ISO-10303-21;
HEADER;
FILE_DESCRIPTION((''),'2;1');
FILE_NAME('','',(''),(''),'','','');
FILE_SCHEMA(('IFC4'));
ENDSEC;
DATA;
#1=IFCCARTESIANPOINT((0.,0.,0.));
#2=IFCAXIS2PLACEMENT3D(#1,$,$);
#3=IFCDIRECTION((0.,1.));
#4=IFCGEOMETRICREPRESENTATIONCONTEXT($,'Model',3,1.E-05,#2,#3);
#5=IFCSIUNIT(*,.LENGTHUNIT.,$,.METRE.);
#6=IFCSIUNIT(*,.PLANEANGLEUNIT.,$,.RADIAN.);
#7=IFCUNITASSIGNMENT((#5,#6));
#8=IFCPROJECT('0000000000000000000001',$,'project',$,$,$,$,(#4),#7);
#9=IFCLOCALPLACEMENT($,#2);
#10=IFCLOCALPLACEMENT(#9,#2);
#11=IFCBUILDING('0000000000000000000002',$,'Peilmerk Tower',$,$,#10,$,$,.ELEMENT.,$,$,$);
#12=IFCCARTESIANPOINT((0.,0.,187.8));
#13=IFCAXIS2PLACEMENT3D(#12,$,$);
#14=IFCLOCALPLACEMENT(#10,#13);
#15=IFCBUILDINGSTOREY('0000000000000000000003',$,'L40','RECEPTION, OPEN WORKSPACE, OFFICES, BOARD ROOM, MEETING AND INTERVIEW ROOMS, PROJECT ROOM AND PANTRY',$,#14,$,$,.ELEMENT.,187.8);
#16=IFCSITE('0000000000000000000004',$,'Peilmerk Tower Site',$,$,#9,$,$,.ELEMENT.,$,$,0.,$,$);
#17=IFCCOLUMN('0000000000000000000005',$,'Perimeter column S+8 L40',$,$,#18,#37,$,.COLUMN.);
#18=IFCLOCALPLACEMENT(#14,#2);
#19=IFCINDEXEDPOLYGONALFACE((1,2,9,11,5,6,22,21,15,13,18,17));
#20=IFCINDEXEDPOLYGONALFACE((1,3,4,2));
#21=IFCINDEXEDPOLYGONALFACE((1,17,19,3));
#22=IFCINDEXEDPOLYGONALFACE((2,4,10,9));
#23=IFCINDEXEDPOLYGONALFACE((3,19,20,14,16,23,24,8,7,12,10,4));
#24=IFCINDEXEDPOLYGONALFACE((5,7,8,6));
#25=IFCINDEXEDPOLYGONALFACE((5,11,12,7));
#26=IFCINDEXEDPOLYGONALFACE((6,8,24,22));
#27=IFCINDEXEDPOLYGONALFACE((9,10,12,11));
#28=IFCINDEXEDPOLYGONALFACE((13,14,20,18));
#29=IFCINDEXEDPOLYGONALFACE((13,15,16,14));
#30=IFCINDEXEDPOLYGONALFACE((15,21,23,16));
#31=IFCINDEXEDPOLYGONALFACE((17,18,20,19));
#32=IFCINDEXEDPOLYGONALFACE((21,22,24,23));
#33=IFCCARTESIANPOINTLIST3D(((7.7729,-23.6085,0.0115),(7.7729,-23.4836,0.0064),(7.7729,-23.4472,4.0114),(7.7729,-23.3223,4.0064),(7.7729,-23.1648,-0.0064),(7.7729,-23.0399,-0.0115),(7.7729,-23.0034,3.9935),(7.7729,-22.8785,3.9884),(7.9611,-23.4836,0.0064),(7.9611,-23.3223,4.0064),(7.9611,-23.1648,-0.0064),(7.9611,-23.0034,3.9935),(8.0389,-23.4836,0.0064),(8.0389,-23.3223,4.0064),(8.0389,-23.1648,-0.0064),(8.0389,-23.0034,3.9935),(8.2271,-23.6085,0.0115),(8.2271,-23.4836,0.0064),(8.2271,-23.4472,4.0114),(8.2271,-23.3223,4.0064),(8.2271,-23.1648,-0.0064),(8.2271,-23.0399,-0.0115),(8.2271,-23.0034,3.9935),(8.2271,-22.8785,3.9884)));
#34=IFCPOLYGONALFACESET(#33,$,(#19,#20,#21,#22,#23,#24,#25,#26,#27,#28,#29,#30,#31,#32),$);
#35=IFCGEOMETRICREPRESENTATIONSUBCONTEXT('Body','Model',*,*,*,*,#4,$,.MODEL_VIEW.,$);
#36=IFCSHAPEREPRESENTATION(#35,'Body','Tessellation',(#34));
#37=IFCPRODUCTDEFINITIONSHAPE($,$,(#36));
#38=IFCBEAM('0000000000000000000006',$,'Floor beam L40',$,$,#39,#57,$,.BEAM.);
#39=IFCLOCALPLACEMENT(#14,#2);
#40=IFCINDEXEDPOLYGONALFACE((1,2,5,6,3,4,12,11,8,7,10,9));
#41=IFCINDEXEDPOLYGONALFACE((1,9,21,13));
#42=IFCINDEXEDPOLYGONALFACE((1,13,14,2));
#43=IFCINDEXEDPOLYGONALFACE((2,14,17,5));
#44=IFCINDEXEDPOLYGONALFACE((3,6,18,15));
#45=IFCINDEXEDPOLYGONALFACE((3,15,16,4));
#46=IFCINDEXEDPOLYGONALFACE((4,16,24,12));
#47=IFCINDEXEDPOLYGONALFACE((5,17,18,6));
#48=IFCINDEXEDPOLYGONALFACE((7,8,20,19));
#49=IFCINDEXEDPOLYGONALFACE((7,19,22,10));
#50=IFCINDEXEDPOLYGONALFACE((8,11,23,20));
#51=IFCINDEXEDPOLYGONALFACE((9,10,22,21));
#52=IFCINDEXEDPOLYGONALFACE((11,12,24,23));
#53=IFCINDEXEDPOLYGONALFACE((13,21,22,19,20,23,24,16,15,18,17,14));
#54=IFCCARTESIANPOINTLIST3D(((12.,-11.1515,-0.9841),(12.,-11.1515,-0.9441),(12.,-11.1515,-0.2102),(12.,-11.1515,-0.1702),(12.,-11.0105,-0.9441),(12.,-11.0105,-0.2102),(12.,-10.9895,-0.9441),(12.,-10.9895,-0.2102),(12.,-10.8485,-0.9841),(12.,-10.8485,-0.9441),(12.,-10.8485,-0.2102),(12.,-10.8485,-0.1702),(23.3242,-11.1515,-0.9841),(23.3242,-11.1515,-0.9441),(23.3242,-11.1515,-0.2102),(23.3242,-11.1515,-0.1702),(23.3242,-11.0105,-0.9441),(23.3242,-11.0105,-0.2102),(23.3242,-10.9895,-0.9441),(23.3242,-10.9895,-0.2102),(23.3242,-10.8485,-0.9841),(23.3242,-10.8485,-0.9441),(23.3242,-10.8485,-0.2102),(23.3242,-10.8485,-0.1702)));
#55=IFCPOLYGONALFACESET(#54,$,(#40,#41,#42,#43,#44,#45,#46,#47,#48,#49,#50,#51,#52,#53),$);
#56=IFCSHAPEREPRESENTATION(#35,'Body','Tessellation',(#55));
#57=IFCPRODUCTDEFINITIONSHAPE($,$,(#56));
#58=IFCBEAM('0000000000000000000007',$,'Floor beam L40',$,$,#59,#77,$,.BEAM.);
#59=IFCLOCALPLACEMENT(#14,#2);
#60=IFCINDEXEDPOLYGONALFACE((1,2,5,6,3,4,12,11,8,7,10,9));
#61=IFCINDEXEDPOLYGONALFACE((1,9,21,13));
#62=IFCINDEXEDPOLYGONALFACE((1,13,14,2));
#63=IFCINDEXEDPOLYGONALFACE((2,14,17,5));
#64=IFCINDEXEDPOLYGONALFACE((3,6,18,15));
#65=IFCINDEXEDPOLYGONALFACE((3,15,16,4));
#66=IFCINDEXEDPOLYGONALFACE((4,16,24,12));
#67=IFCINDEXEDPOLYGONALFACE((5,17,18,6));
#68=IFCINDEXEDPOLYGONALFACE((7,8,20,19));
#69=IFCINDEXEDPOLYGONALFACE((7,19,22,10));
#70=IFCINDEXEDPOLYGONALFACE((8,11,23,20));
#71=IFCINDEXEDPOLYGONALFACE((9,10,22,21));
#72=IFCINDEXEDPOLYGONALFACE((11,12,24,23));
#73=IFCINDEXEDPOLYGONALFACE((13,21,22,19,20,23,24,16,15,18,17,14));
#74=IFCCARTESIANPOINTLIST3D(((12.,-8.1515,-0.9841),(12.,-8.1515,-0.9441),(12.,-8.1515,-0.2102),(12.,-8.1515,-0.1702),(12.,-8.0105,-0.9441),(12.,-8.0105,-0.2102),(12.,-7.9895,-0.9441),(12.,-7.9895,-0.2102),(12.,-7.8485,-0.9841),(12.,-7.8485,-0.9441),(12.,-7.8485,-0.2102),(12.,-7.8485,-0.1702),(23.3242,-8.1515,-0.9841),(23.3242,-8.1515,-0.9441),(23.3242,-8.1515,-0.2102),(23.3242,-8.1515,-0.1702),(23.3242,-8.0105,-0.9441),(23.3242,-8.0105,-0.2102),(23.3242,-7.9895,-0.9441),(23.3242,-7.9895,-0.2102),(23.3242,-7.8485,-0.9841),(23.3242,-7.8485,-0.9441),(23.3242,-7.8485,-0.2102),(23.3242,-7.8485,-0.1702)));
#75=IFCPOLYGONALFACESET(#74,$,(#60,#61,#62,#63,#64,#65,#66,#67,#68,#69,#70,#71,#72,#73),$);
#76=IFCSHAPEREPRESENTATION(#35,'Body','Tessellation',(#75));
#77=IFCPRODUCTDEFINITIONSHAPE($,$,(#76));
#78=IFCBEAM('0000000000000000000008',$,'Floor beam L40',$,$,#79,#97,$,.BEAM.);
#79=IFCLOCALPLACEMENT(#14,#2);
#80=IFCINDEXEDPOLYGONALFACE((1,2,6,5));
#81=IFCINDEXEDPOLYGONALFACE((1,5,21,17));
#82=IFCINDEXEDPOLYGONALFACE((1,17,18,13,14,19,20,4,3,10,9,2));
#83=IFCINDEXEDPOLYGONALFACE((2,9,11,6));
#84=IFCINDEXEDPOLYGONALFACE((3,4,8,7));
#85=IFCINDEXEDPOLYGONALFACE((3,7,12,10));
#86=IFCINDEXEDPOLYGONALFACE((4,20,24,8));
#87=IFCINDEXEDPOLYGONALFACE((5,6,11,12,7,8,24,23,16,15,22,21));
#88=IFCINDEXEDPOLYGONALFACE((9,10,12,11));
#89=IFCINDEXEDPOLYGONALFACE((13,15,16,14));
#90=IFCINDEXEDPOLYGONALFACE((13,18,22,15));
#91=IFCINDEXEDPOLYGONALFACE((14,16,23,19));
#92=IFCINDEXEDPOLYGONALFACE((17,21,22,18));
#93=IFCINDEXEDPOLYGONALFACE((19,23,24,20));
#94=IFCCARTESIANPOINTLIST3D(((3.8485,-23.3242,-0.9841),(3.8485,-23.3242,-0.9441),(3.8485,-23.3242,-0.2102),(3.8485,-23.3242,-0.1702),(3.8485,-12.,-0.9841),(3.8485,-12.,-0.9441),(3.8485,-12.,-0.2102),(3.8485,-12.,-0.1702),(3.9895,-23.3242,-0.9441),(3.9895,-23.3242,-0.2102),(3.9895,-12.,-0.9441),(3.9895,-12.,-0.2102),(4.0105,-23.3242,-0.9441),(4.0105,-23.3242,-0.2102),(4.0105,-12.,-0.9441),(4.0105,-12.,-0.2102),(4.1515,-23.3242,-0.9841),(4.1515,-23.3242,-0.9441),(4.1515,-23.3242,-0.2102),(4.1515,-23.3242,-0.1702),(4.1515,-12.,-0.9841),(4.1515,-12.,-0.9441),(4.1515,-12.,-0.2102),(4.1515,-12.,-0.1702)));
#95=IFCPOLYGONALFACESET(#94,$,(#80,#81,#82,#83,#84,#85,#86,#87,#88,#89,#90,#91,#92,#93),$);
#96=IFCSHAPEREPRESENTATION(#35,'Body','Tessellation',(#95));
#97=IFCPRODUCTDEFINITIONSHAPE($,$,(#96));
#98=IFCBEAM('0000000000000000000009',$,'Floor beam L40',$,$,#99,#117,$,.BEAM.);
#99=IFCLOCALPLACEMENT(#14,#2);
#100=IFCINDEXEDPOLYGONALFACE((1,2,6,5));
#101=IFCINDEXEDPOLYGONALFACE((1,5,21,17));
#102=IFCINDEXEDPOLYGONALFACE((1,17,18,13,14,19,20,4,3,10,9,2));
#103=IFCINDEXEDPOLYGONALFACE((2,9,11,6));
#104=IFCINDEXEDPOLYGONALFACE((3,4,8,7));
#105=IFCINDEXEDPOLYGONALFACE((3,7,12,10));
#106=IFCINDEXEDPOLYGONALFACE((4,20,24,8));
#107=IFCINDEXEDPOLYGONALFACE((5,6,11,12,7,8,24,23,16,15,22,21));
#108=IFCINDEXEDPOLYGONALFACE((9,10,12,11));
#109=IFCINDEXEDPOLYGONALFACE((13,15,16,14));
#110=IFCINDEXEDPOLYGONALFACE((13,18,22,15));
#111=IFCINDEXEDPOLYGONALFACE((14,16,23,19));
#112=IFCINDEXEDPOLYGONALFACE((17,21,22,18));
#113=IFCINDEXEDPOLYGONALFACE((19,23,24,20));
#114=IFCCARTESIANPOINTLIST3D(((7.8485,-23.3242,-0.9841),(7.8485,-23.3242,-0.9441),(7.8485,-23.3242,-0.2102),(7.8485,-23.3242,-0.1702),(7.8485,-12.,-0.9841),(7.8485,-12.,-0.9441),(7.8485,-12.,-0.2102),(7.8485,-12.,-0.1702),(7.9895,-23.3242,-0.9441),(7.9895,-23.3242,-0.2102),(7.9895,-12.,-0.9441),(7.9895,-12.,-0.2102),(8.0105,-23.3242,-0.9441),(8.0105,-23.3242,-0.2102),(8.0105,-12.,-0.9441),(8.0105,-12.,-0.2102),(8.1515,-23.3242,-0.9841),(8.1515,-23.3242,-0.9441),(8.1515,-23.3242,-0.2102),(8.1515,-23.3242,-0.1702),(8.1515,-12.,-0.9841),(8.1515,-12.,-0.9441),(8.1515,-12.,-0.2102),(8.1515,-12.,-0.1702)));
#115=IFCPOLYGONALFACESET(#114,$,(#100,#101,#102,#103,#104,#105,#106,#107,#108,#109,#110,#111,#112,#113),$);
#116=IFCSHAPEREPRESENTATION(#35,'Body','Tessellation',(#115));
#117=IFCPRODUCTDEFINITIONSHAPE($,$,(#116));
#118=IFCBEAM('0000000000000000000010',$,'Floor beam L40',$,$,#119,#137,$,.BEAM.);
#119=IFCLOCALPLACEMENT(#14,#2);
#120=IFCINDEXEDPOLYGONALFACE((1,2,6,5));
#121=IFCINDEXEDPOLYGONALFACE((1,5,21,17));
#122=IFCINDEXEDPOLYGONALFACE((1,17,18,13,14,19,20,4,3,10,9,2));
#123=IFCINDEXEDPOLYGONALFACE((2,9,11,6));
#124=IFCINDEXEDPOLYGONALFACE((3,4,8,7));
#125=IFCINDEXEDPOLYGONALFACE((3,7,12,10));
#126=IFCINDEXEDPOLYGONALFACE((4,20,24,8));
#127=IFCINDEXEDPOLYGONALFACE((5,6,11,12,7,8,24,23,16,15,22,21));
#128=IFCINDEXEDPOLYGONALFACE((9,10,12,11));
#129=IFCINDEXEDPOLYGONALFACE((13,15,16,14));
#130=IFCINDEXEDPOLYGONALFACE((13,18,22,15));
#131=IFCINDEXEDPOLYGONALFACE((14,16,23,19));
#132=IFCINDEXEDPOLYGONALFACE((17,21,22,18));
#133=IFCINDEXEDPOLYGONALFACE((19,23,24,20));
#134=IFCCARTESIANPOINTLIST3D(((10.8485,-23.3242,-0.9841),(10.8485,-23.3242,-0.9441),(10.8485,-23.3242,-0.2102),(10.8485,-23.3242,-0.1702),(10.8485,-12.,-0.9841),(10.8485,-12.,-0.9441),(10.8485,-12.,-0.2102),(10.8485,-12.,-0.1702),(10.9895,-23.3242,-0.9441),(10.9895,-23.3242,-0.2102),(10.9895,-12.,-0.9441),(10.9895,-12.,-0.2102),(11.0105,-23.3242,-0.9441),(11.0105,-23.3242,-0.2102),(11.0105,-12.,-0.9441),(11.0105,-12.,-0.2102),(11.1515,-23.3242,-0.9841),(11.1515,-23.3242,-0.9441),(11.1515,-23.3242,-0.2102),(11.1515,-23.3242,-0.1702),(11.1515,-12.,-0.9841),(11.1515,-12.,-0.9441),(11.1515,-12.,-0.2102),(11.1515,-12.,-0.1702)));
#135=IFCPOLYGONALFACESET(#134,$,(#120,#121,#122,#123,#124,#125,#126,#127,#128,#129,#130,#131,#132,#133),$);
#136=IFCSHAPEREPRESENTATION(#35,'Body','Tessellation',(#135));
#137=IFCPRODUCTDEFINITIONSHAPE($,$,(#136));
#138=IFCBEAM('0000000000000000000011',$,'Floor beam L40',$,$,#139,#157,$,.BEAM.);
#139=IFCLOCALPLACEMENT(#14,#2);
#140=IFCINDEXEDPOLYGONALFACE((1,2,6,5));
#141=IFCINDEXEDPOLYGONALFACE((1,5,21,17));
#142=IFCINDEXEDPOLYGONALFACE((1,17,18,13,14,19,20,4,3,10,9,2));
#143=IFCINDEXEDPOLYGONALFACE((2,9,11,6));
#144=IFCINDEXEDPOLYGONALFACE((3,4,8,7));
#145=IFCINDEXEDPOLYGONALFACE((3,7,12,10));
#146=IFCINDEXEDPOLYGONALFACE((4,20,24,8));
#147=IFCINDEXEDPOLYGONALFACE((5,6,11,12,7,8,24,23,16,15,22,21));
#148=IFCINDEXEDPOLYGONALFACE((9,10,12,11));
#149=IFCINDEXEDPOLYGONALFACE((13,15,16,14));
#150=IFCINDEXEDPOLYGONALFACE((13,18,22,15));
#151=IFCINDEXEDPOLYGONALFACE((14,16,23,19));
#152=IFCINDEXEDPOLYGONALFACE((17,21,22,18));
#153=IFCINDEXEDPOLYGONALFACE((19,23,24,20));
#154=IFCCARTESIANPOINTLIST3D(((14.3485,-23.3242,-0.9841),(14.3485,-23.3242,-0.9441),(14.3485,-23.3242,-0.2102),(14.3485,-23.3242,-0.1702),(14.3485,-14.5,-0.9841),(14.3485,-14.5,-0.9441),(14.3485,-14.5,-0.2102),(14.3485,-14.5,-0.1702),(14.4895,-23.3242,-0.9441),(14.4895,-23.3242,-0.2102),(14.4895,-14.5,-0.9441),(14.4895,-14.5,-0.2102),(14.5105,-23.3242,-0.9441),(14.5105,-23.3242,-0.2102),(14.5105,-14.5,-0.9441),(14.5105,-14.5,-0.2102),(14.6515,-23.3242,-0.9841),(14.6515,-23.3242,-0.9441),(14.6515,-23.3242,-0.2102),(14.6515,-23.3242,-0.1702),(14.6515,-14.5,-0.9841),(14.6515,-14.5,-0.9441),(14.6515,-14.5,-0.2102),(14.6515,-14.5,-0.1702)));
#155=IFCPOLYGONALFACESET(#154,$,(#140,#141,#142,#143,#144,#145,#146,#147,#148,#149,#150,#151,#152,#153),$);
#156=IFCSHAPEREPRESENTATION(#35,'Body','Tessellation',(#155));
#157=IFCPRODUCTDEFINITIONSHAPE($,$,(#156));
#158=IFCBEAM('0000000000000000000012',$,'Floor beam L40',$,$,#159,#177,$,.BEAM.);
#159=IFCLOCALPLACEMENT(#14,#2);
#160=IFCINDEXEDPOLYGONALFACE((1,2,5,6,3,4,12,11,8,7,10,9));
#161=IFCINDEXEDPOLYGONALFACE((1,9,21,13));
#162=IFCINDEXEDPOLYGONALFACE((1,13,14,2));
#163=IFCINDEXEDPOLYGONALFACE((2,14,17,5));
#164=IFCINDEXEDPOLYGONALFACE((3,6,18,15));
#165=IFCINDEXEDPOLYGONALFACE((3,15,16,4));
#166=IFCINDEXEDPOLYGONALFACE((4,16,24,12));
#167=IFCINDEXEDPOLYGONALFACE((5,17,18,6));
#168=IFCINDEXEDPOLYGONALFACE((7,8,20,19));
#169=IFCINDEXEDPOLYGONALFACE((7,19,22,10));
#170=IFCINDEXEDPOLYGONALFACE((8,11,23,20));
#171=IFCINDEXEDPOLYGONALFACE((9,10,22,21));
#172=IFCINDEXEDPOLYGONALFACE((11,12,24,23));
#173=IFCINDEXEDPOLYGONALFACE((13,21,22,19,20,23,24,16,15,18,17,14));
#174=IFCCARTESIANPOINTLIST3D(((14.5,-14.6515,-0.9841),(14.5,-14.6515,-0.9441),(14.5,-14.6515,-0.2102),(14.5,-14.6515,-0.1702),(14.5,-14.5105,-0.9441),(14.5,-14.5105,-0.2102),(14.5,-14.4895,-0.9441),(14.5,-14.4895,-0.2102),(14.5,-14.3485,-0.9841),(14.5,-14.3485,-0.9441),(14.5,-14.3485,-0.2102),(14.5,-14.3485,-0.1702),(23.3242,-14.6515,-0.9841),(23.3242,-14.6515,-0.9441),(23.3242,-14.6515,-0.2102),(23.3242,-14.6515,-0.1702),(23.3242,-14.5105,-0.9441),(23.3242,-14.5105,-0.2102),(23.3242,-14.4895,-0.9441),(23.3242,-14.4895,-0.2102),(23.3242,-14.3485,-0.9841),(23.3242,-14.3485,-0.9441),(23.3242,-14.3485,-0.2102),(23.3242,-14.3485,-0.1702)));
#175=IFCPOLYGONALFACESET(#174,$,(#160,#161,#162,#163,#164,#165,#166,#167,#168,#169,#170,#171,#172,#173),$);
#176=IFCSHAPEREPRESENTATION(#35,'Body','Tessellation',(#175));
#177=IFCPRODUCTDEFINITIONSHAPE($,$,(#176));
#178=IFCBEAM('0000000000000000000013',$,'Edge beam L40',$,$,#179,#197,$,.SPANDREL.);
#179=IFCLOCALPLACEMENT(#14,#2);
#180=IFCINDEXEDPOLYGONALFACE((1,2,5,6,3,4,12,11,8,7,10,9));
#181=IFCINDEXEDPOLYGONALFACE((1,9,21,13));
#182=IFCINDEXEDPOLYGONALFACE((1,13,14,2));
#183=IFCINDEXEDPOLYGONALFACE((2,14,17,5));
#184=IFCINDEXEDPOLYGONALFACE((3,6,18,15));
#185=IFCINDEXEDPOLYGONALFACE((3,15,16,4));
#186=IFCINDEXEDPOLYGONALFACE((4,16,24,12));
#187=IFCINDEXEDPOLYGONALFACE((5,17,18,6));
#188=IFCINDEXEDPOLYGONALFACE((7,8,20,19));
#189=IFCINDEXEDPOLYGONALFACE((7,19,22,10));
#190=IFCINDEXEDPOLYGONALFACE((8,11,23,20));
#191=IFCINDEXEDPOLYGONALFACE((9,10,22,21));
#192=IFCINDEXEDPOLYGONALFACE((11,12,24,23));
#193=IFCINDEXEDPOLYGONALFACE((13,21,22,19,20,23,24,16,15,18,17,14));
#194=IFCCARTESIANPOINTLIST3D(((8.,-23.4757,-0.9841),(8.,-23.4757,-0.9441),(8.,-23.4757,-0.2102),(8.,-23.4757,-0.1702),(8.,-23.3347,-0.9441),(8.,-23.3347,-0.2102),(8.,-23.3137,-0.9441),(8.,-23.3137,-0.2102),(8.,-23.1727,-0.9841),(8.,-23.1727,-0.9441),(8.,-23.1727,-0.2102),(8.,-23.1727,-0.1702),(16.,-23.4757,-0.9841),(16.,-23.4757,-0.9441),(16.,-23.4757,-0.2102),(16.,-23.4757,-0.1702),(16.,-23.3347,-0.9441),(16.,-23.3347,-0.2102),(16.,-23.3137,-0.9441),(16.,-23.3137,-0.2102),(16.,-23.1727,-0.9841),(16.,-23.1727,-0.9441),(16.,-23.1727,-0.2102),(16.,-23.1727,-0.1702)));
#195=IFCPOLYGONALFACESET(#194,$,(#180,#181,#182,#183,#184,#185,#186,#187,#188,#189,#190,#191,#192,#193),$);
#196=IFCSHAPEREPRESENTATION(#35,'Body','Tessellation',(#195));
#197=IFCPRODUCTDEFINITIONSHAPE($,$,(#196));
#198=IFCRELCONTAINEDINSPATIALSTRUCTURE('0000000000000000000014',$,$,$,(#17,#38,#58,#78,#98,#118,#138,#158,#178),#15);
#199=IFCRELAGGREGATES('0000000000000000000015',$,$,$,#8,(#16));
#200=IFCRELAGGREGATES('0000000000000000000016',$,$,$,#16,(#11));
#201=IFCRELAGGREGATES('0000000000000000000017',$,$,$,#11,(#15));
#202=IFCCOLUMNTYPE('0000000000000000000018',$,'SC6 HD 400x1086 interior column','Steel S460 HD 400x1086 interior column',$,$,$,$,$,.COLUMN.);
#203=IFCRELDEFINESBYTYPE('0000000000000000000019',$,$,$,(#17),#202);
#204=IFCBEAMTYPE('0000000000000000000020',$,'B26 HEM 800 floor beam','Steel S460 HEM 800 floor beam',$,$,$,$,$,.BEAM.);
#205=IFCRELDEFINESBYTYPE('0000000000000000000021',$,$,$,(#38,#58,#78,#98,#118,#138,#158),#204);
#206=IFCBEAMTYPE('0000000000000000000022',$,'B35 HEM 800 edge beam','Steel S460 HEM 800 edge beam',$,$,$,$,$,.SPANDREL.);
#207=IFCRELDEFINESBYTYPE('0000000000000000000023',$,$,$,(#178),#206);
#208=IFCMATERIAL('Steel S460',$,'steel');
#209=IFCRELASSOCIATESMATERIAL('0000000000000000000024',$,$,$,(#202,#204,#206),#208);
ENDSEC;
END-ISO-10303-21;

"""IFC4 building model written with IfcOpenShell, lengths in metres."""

from ifc_helpers import new_model, si_unit, direction, frame, origin, origin_2d, place, context, subcontext, project, spatial, i_section, extrude, material, material_profile, profile_set, type_object, element, save


model = new_model("IFC4")

# Units and contexts
model_context = context("Model", 3, precision=1e-05, world=origin(), true_north=direction((0.0, 1.0)))
body_context = subcontext(model_context, "Body", "Model", "MODEL_VIEW")
ifc_project = project(units=[si_unit("LENGTHUNIT", "METRE"), si_unit("PLANEANGLEUNIT", "RADIAN")], contexts=[model_context])

# Site, building, storey
site_placement = place(None, origin())
site = spatial("IfcSite", under=ifc_project, at=site_placement, Name="Peilmerk Tower Site", CompositionType="ELEMENT", RefElevation=0.0)
building_placement = place(site_placement, origin())
building = spatial("IfcBuilding", under=site, at=building_placement, Name="Peilmerk Tower", CompositionType="ELEMENT")
storey_placement = place(building_placement, frame((0.0, 0.0, 187.8)))
storey = spatial("IfcBuildingStorey", under=building, at=storey_placement, Name="L40", Description="RECEPTION, OPEN WORKSPACE, OFFICES, BOARD ROOM, MEETING AND INTERVIEW ROOMS, PROJECT ROOM AND PANTRY", CompositionType="ELEMENT", Elevation=187.8)

# Column
ifc_material_1 = material(Name="Steel S460", Category="steel")
ifc_material_profile_1 = material_profile(ifc_material_1, i_section(OverallWidth=0.4541, OverallDepth=0.5691, WebThickness=0.0779, FlangeThickness=0.125, at=origin_2d()), Name="HD 400x1086")
ifc_profile_set_1 = profile_set([ifc_material_profile_1], Name="Steel S460")
column_type = type_object("IfcColumnType", Name="SC6 HD 400x1086 interior column", Description="Steel S460 HD 400x1086 interior column", PredefinedType="COLUMN", material=ifc_profile_set_1)
column_placement = place(storey_placement, frame((8.0, -23.3242, 0.0), z_axis=(0.0, 0.040311, 0.999187), x_axis=(-1.0, 0.0, 0.0)))
element("IfcColumn", 1, at=column_placement, inside=storey, type_object=column_type, Name="Perimeter column S+8 L40", PredefinedType="COLUMN", context=body_context, shape_type="SweptSolid", body=[
    extrude(i_section(OverallWidth=0.4541, OverallDepth=0.5691, WebThickness=0.0779, FlangeThickness=0.125, at=origin_2d()), origin(), (0.0, 0.0, 1.0), 4.0032),
])

# Beams
ifc_material_profile_2 = material_profile(ifc_material_1, i_section(OverallWidth=0.303, OverallDepth=0.814, WebThickness=0.021, FlangeThickness=0.04, at=origin_2d()), Name="HEM 800")
ifc_profile_set_2 = profile_set([ifc_material_profile_2], Name="Steel S460")
beam_type_1 = type_object("IfcBeamType", Name="B26 HEM 800 floor beam", Description="Steel S460 HEM 800 floor beam", PredefinedType="BEAM", material=ifc_profile_set_2)
for number, where, z_axis, x_axis, name in (
    (2, (12.0, -11.0, -0.5771), (1.0, 0.0, 0.0), (0.0, 1.0, 0.0), "Floor beam L40"),
    (3, (12.0, -8.0, -0.5771), (1.0, 0.0, 0.0), (0.0, 1.0, 0.0), "Floor beam L40"),
    (4, (4.0, -12.0, -0.5771), (0.0, -1.0, 0.0), (1.0, 0.0, 0.0), "Floor beam L40"),
    (5, (8.0, -12.0, -0.5771), (0.0, -1.0, 0.0), (1.0, 0.0, 0.0), "Floor beam L40"),
    (6, (11.0, -12.0, -0.5771), (0.0, -1.0, 0.0), (1.0, 0.0, 0.0), "Floor beam L40"),
):
    element("IfcBeam", number, at=place(storey_placement, frame(where, z_axis=z_axis, x_axis=x_axis)), inside=storey, type_object=beam_type_1, Name=name, PredefinedType="BEAM", context=body_context, shape_type="SweptSolid", body=[
        extrude(i_section(OverallWidth=0.303, OverallDepth=0.814, WebThickness=0.021, FlangeThickness=0.04, at=origin_2d()), origin(), (0.0, 0.0, 1.0), 11.3242),
    ])
for number, where, z_axis, x_axis, name in (
    (7, (14.5, -14.5, -0.5771), (0.0, -1.0, 0.0), (1.0, 0.0, 0.0), "Floor beam L40"),
    (8, (14.5, -14.5, -0.5771), (1.0, 0.0, 0.0), (0.0, 1.0, 0.0), "Floor beam L40"),
):
    element("IfcBeam", number, at=place(storey_placement, frame(where, z_axis=z_axis, x_axis=x_axis)), inside=storey, type_object=beam_type_1, Name=name, PredefinedType="BEAM", context=body_context, shape_type="SweptSolid", body=[
        extrude(i_section(OverallWidth=0.303, OverallDepth=0.814, WebThickness=0.021, FlangeThickness=0.04, at=origin_2d()), origin(), (0.0, 0.0, 1.0), 8.8242),
    ])
ifc_material_profile_3 = material_profile(ifc_material_1, i_section(OverallWidth=0.303, OverallDepth=0.814, WebThickness=0.021, FlangeThickness=0.04, at=origin_2d()), Name="HEM 800")
ifc_profile_set_3 = profile_set([ifc_material_profile_3], Name="Steel S460")
beam_type_2 = type_object("IfcBeamType", Name="B35 HEM 800 edge beam", Description="Steel S460 HEM 800 edge beam", PredefinedType="SPANDREL", material=ifc_profile_set_3)
beam_1_placement = place(storey_placement, frame((8.0, -23.3242, -0.5771), z_axis=(1.0, 0.0, 0.0), x_axis=(0.0, 1.0, 0.0)))
element("IfcBeam", 9, at=beam_1_placement, inside=storey, type_object=beam_type_2, Name="Edge beam L40", PredefinedType="SPANDREL", context=body_context, shape_type="SweptSolid", body=[
    extrude(i_section(OverallWidth=0.303, OverallDepth=0.814, WebThickness=0.021, FlangeThickness=0.04, at=origin_2d()), origin(), (0.0, 0.0, 1.0), 8.0),
])

save(model, "model.ifc")
